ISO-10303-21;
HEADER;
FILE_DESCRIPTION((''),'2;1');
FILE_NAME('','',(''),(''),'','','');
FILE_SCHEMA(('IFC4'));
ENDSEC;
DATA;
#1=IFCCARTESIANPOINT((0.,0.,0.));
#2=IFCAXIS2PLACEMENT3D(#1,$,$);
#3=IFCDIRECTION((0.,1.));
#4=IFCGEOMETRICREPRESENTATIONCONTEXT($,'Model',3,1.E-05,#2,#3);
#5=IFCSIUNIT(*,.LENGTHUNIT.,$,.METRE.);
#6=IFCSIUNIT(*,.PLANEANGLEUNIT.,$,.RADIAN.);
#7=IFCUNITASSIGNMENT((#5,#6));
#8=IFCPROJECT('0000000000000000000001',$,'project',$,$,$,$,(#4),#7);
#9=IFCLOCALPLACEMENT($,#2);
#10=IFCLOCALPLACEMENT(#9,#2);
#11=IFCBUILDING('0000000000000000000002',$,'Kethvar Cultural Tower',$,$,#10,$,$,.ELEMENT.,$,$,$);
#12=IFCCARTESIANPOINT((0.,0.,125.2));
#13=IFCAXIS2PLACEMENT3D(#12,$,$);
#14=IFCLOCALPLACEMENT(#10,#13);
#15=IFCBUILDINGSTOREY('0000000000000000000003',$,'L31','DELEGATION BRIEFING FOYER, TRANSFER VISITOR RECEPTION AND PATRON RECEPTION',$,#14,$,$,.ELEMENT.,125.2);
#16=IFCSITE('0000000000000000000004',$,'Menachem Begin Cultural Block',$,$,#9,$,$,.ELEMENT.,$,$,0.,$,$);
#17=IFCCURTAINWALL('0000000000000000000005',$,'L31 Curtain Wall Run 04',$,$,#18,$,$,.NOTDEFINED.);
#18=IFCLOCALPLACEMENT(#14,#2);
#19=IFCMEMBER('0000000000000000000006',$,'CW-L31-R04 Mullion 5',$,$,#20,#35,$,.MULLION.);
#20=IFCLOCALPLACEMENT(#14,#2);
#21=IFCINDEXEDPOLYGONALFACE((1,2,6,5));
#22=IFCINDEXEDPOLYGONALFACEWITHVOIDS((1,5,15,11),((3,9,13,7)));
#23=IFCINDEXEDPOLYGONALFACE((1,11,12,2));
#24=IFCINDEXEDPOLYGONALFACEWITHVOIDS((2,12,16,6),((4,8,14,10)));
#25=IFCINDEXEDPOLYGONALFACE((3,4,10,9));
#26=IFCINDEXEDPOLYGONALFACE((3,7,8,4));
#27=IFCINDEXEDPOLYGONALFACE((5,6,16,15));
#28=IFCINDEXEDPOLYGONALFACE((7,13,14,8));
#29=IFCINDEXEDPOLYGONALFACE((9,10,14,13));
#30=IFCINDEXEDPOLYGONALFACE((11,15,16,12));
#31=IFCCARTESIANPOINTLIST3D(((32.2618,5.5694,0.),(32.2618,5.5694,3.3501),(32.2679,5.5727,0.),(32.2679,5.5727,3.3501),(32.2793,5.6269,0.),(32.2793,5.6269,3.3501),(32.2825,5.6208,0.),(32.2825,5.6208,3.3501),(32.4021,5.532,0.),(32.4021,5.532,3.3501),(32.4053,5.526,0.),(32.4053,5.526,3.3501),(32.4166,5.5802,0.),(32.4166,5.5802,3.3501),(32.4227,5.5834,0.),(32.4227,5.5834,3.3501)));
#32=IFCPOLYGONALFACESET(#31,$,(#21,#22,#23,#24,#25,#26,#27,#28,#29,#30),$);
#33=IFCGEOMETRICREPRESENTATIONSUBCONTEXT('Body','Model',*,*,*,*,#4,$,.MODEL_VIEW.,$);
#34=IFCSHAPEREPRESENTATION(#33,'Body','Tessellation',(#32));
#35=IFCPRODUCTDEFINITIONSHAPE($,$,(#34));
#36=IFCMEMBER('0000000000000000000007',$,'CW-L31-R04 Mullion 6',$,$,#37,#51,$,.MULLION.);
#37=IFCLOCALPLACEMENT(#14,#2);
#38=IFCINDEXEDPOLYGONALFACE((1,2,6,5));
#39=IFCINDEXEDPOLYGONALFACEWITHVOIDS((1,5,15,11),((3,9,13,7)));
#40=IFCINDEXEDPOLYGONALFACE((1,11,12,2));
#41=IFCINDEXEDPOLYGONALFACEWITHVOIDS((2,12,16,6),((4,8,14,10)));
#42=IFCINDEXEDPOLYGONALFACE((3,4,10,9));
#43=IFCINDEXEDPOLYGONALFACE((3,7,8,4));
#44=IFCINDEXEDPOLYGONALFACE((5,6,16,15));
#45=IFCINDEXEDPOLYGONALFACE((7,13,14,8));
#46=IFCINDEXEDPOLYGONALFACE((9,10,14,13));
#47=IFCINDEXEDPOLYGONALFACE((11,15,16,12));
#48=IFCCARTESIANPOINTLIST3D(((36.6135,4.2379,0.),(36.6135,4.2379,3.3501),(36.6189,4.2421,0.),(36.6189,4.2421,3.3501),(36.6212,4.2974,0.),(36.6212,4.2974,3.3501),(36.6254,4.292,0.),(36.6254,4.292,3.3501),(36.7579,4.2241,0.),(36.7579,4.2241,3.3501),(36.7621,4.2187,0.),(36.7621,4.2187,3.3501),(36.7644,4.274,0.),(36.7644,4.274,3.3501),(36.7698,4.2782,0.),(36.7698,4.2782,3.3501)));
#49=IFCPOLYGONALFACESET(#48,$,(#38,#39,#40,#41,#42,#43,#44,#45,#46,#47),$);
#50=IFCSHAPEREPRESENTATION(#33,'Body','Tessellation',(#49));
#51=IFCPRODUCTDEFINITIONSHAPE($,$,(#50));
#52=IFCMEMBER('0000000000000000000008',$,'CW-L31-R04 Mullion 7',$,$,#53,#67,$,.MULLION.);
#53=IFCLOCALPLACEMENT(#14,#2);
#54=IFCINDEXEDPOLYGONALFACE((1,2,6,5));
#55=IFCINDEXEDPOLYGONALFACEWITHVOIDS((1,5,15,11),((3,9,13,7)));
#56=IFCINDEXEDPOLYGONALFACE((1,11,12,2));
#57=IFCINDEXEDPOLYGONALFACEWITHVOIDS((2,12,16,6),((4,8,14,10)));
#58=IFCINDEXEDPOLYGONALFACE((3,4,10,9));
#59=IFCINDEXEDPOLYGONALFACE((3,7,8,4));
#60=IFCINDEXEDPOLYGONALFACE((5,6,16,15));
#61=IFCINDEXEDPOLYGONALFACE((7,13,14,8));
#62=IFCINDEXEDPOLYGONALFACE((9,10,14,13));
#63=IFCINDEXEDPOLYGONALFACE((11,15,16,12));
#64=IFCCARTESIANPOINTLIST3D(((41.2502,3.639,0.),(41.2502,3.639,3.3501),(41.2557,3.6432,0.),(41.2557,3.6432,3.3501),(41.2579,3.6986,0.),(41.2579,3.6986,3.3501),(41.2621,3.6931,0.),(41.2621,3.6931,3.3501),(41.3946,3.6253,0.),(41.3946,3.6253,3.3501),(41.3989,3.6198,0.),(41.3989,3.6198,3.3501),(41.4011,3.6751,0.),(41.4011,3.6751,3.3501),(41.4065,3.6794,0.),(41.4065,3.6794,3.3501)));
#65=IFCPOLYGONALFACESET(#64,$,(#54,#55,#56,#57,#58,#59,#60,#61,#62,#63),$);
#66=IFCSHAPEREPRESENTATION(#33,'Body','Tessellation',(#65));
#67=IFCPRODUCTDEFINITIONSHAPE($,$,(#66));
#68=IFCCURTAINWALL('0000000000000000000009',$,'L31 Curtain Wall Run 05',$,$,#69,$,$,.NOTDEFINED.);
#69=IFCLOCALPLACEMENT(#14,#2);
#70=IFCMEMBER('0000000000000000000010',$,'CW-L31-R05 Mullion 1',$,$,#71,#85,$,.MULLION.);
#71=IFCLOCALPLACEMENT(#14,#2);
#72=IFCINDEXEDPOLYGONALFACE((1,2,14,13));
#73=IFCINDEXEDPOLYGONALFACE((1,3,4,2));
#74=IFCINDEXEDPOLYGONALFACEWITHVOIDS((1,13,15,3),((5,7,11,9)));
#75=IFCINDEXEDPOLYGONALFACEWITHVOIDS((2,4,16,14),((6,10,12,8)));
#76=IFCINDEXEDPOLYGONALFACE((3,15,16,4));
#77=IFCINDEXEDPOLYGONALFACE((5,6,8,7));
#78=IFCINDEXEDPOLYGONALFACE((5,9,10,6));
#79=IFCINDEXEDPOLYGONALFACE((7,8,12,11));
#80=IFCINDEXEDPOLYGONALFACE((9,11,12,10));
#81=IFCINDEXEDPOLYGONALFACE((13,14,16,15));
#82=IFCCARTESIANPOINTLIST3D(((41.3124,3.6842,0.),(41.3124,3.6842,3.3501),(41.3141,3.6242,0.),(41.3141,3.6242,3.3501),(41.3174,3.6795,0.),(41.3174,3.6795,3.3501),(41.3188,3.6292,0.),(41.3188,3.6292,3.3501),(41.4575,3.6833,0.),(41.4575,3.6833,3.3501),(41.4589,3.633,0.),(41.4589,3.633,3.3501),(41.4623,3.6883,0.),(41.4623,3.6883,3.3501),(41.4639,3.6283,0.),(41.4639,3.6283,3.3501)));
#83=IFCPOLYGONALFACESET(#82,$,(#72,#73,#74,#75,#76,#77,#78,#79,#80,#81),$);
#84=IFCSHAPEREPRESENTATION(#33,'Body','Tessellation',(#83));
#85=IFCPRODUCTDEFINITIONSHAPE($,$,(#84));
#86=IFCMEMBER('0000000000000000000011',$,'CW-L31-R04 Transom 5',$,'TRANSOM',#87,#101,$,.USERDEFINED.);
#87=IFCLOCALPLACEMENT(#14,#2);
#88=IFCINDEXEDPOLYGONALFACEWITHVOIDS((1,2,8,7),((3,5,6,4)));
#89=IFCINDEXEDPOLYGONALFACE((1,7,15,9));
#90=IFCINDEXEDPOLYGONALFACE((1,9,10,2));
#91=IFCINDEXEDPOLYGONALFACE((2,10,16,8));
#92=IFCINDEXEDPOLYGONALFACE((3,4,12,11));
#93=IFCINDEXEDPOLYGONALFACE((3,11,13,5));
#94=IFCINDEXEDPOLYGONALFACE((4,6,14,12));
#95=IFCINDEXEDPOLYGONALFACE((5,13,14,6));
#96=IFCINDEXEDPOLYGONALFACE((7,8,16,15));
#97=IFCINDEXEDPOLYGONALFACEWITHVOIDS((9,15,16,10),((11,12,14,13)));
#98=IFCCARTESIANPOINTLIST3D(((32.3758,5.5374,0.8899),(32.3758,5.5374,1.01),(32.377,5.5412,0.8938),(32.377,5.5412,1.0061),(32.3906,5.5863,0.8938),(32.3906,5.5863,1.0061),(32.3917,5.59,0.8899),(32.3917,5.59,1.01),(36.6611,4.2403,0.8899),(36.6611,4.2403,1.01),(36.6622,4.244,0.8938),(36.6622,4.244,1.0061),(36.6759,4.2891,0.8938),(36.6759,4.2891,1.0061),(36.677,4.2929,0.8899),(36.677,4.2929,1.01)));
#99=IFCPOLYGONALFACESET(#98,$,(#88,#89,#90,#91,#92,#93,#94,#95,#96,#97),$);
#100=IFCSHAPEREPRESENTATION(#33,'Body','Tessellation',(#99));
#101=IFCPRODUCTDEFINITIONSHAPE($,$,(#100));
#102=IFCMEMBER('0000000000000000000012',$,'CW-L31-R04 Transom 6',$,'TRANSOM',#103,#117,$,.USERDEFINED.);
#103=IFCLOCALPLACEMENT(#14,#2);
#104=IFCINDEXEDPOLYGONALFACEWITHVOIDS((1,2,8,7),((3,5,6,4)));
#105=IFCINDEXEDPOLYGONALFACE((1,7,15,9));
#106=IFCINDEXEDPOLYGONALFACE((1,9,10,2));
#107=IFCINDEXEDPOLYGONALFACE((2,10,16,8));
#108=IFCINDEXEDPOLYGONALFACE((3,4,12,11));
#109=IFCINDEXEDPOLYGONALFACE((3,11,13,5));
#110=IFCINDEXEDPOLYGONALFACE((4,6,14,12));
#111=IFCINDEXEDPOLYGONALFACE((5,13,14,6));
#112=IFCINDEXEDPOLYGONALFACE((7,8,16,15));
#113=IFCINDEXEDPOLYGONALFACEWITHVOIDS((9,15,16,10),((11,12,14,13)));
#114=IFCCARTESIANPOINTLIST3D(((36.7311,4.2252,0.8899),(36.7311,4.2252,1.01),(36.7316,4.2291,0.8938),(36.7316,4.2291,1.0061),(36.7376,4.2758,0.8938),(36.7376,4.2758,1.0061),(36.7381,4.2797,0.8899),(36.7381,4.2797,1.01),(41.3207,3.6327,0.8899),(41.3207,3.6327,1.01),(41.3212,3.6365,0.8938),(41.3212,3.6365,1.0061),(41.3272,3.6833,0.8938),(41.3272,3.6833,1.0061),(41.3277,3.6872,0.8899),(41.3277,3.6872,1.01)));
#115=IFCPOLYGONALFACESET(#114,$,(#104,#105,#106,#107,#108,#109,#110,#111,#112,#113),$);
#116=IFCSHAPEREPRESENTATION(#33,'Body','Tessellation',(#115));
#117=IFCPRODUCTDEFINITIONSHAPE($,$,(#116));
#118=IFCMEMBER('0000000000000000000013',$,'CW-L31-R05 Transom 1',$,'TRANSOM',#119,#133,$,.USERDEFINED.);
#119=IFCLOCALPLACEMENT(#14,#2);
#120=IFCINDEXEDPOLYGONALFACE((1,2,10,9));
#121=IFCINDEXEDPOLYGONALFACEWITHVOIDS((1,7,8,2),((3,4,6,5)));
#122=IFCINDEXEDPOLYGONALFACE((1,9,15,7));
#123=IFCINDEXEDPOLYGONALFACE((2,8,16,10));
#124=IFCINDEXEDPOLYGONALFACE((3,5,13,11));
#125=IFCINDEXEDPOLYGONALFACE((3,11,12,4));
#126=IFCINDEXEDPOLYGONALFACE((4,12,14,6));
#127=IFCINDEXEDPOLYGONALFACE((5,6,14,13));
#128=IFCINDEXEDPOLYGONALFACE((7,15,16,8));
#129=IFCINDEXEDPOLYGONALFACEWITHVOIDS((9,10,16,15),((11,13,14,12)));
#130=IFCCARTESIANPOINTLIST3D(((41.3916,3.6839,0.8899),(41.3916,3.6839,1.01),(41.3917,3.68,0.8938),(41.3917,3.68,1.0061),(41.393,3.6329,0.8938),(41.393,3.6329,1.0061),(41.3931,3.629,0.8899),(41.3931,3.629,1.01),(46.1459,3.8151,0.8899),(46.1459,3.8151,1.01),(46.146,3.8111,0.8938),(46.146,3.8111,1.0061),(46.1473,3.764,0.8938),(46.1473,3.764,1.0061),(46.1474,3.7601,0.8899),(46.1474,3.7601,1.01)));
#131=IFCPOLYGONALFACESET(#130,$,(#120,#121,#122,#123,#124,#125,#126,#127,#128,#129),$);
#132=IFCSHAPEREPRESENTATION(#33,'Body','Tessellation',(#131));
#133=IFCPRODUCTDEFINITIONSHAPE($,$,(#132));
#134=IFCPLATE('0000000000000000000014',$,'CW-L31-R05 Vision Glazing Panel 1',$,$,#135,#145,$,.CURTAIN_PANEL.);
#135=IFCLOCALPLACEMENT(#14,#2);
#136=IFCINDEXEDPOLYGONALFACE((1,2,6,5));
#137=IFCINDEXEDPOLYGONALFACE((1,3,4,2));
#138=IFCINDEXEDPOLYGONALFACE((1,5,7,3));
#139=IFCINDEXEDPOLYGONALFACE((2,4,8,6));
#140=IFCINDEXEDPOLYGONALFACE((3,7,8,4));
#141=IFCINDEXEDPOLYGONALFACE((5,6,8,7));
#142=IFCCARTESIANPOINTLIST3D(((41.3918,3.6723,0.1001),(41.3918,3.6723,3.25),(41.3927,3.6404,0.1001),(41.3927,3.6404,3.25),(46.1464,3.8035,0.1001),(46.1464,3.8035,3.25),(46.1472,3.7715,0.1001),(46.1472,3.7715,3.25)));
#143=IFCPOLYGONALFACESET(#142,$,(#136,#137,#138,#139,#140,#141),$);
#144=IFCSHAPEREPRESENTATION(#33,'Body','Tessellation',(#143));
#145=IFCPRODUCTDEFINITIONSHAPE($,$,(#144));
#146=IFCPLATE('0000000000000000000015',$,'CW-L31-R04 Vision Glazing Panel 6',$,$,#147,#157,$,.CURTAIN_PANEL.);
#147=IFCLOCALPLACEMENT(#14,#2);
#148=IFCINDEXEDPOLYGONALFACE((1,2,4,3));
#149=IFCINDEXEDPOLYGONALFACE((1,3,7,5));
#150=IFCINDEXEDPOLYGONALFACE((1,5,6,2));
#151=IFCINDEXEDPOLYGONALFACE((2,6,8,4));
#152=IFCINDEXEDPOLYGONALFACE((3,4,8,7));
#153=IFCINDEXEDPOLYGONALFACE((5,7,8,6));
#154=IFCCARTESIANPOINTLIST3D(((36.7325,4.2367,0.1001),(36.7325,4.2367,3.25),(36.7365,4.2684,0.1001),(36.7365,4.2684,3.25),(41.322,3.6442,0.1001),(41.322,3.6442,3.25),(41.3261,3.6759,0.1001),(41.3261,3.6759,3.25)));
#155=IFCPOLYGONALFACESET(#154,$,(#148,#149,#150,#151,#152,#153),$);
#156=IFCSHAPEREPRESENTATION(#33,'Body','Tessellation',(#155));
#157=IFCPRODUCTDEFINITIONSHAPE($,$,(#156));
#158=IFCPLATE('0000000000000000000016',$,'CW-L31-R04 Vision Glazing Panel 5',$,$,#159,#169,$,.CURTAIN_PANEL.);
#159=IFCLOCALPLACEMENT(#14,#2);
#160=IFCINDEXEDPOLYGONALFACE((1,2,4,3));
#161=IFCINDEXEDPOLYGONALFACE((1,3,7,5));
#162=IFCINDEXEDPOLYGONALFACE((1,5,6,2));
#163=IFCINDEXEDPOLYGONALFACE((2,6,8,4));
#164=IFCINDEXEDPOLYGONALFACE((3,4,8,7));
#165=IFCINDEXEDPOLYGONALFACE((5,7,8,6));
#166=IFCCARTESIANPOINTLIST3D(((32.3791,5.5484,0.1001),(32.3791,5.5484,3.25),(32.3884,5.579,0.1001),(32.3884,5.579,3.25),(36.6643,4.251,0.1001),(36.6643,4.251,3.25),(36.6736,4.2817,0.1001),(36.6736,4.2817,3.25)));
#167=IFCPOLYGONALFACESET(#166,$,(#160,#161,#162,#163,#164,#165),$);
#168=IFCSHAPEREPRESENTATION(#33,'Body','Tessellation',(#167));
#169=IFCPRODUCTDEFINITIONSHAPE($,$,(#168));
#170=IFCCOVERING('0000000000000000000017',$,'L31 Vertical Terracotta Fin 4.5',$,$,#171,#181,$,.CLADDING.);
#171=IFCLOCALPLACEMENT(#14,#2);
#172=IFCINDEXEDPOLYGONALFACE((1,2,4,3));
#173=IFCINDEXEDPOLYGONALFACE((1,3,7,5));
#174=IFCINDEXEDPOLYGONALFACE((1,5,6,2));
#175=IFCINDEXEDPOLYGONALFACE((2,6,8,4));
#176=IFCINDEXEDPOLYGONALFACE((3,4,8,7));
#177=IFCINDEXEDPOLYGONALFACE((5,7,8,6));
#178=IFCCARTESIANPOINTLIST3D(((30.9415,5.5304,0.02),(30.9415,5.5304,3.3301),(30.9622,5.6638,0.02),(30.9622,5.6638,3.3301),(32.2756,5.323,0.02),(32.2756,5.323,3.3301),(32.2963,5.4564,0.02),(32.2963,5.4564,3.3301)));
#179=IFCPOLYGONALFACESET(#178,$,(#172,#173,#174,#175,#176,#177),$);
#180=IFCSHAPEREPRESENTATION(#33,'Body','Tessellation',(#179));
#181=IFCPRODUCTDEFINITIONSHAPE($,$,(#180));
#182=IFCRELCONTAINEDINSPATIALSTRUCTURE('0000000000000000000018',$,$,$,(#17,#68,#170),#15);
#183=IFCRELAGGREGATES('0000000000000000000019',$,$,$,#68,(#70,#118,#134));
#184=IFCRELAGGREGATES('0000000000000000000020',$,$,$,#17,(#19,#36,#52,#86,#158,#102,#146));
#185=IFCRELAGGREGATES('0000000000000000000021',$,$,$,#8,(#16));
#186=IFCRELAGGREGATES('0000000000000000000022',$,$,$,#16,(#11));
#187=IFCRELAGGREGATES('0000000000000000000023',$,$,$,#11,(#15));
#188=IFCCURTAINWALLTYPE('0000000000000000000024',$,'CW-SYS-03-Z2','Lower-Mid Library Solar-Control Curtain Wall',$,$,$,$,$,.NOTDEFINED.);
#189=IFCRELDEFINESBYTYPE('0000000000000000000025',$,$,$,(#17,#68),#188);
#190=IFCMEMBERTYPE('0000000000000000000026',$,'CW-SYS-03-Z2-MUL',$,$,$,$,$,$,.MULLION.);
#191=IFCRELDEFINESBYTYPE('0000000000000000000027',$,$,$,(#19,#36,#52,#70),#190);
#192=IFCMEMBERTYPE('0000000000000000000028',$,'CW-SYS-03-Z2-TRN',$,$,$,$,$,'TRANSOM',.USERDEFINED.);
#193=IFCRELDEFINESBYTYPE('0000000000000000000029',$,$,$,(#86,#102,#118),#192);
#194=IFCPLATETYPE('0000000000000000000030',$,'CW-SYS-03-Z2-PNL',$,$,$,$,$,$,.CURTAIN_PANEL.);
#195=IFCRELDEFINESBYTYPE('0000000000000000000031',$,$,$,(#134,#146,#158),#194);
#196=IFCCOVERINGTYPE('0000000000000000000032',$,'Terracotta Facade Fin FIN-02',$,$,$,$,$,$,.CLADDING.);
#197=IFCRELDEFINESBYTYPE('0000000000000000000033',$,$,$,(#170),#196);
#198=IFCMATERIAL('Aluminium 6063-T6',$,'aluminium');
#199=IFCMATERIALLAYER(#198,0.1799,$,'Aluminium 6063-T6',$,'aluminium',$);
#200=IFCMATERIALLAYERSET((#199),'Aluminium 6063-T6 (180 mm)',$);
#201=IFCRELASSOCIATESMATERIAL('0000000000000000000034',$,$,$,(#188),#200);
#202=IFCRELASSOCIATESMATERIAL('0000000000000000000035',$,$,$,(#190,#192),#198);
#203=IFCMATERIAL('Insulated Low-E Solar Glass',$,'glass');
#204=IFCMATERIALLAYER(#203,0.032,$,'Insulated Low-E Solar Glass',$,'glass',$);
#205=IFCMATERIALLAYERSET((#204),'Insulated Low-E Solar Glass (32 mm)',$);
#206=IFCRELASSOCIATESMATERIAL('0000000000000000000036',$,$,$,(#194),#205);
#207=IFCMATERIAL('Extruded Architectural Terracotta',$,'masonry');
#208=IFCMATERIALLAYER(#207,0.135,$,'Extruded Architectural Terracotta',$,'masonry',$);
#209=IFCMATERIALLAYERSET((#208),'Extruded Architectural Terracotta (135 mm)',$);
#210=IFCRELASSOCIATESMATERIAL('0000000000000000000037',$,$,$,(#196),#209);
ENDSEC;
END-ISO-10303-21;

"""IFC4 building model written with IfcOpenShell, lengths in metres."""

from ifc_helpers import new_model, si_unit, direction, frame, origin, origin_2d, place, context, subcontext, project, spatial, rectangle, hollow_rectangle, extrude, source, transform, mapped, material, layer, layer_set, material_profile, profile_set, type_object, element, aggregate, save


model = new_model("IFC4")

# Units and contexts
model_context = context("Model", 3, precision=1e-05, world=origin(), true_north=direction((0.0, 1.0)))
body_context = subcontext(model_context, "Body", "Model", "MODEL_VIEW")
ifc_project = project(units=[si_unit("LENGTHUNIT", "METRE"), si_unit("PLANEANGLEUNIT", "RADIAN")], contexts=[model_context])

# Site, building, storey
site_placement = place(None, origin())
site = spatial("IfcSite", under=ifc_project, at=site_placement, Name="Menachem Begin Cultural Block", CompositionType="ELEMENT", RefElevation=0.0)
building_placement = place(site_placement, origin())
building = spatial("IfcBuilding", under=site, at=building_placement, Name="Kethvar Cultural Tower", CompositionType="ELEMENT")
storey_placement = place(building_placement, frame((0.0, 0.0, 125.2)))
storey = spatial("IfcBuildingStorey", under=building, at=storey_placement, Name="L31", Description="DELEGATION BRIEFING FOYER, TRANSFER VISITOR RECEPTION AND PATRON RECEPTION", CompositionType="ELEMENT", Elevation=125.2)

# Curtain wall, members
ifc_material_1 = material(Name="Aluminium 6063-T6", Category="aluminium")
ifc_layer_1 = layer(ifc_material_1, 0.1799, Name="Aluminium 6063-T6", Category="aluminium")
ifc_layer_set_1 = layer_set([ifc_layer_1], Name="Aluminium 6063-T6 (180 mm)")
curtain_wall_type = type_object("IfcCurtainWallType", Name="CW-SYS-03-Z2", Description="Lower-Mid Library Solar-Control Curtain Wall", PredefinedType="NOTDEFINED", material=ifc_layer_set_1)
curtain_wall_1_placement = place(storey_placement, origin())
curtain_wall_1 = element("IfcCurtainWall", 1, at=curtain_wall_1_placement, inside=storey, type_object=curtain_wall_type, Name="L31 Curtain Wall Run 04", PredefinedType="NOTDEFINED")
ifc_material_profile_1 = material_profile(ifc_material_1, hollow_rectangle(XDim=0.0601, YDim=0.1499, WallThickness=0.0049, at=origin_2d()), Name="Aluminium 6063-T6 — RHS150x60x5")
ifc_profile_set_1 = profile_set([ifc_material_profile_1], Name="Aluminium 6063-T6 — RHS150x60x5")
member_type_1 = type_object("IfcMemberType", Name="CW-SYS-03-Z2-MUL", PredefinedType="MULLION", material=ifc_profile_set_1)
shared_shape_1 = source(origin(), body_context, "Body", "SweptSolid", [
    extrude(hollow_rectangle(XDim=0.0601, YDim=0.1499, WallThickness=0.0049, at=origin_2d()), origin(), (0.0, 0.0, 1.0), 3.3501),
])
member_1_placement = place(storey_placement, frame((32.3423, 5.5764, 0.0), z_axis=(0.0, 0.0, 1.0), x_axis=(0.289767, 0.957097, 0.0)))
member_1 = element("IfcMember", 2, at=member_1_placement, type_object=member_type_1, Name="CW-L31-R04 Mullion 5", PredefinedType="MULLION", context=body_context, shape_type="MappedRepresentation", body=[
    mapped(shared_shape_1, transform((0.0, 0.0, 0.0), scale=1.0)),
])
member_2_placement = place(storey_placement, frame((36.6917, 4.2581, 0.0), z_axis=(0.0, 0.0, 1.0), x_axis=(0.128034, 0.99177, 0.0)))
member_2 = element("IfcMember", 3, at=member_2_placement, type_object=member_type_1, Name="CW-L31-R04 Mullion 6", PredefinedType="MULLION", context=body_context, shape_type="MappedRepresentation", body=[
    mapped(shared_shape_1, transform((0.0, 0.0, 0.0), scale=1.0)),
])
member_3_placement = place(storey_placement, frame((41.3284, 3.6592, 0.0), z_axis=(0.0, 0.0, 1.0), x_axis=(0.128034, 0.99177, 0.0)))
member_3 = element("IfcMember", 4, at=member_3_placement, type_object=member_type_1, Name="CW-L31-R04 Mullion 7", PredefinedType="MULLION", context=body_context, shape_type="MappedRepresentation", body=[
    mapped(shared_shape_1, transform((0.0, 0.0, 0.0), scale=1.0)),
])

# Curtain wall, member
curtain_wall_2_placement = place(storey_placement, origin())
curtain_wall_2 = element("IfcCurtainWall", 5, at=curtain_wall_2_placement, inside=storey, type_object=curtain_wall_type, Name="L31 Curtain Wall Run 05", PredefinedType="NOTDEFINED")
member_4_placement = place(storey_placement, frame((41.3882, 3.6562, 0.0), z_axis=(0.0, 0.0, 1.0), x_axis=(-0.027573, 0.99962, 0.0)))
member_4 = element("IfcMember", 6, at=member_4_placement, type_object=member_type_1, Name="CW-L31-R05 Mullion 1", PredefinedType="MULLION", context=body_context, shape_type="MappedRepresentation", body=[
    mapped(shared_shape_1, transform((0.0, 0.0, 0.0), scale=1.0)),
])

# Members
ifc_material_profile_2 = material_profile(ifc_material_1, hollow_rectangle(XDim=0.0549, YDim=0.1201, WallThickness=0.0039, at=origin_2d()), Name="Aluminium 6063-T6 — RHS120x55x4")
ifc_profile_set_2 = profile_set([ifc_material_profile_2], Name="Aluminium 6063-T6 — RHS120x55x4")
member_type_2 = type_object("IfcMemberType", Name="CW-SYS-03-Z2-TRN", ElementType="TRANSOM", PredefinedType="USERDEFINED", material=ifc_profile_set_2)
shared_shape_2 = source(origin(), body_context, "Body", "SweptSolid", [
    extrude(hollow_rectangle(XDim=0.0549, YDim=0.1201, WallThickness=0.0039, at=origin_2d()), origin(), (0.0, 0.0, 1.0), 4.4773),
])
member_5_placement = place(storey_placement, frame((32.3838, 5.5637, 0.95), z_axis=(0.957112, -0.289718, 0.0), x_axis=(0.289718, 0.957112, 0.0)))
member_5 = element("IfcMember", 7, at=member_5_placement, type_object=member_type_2, Name="CW-L31-R04 Transom 5", ObjectType="TRANSOM", PredefinedType="USERDEFINED", context=body_context, shape_type="MappedRepresentation", body=[
    mapped(shared_shape_2, transform((0.0, 0.0, 0.0), scale=1.0)),
])
shared_shape_3 = source(origin(), body_context, "Body", "SweptSolid", [
    extrude(hollow_rectangle(XDim=0.0549, YDim=0.1201, WallThickness=0.0039, at=origin_2d()), origin(), (0.0, 0.0, 1.0), 4.6277),
])
member_6_placement = place(storey_placement, frame((36.7346, 4.2524, 0.95), z_axis=(0.991769, -0.12804, 0.0), x_axis=(0.12804, 0.991769, 0.0)))
member_6 = element("IfcMember", 8, at=member_6_placement, type_object=member_type_2, Name="CW-L31-R04 Transom 6", ObjectType="TRANSOM", PredefinedType="USERDEFINED", context=body_context, shape_type="MappedRepresentation", body=[
    mapped(shared_shape_3, transform((0.0, 0.0, 0.0), scale=1.0)),
])
shared_shape_4 = source(origin(), body_context, "Body", "SweptSolid", [
    extrude(hollow_rectangle(XDim=0.0549, YDim=0.1201, WallThickness=0.0039, at=origin_2d()), origin(), (0.0, 0.0, 1.0), 4.7561),
])
member_7_placement = place(storey_placement, frame((41.3923, 3.6565, 0.95), z_axis=(0.99962, 0.027565, 0.0), x_axis=(-0.027565, 0.99962, 0.0)))
member_7 = element("IfcMember", 9, at=member_7_placement, type_object=member_type_2, Name="CW-L31-R05 Transom 1", ObjectType="TRANSOM", PredefinedType="USERDEFINED", context=body_context, shape_type="MappedRepresentation", body=[
    mapped(shared_shape_4, transform((0.0, 0.0, 0.0), scale=1.0)),
])

# Plates
ifc_material_2 = material(Name="Insulated Low-E Solar Glass", Category="glass")
ifc_layer_2 = layer(ifc_material_2, 0.032, Name="Insulated Low-E Solar Glass", Category="glass")
ifc_layer_set_2 = layer_set([ifc_layer_2], Name="Insulated Low-E Solar Glass (32 mm)")
plate_type = type_object("IfcPlateType", Name="CW-SYS-03-Z2-PNL", PredefinedType="CURTAIN_PANEL", material=ifc_layer_set_2)
shared_shape_5 = source(origin(), body_context, "Body", "SweptSolid", [
    extrude(rectangle(XDim=4.7563, YDim=0.032, at=origin_2d()), origin(), (0.0, 0.0, 1.0), 3.1499),
])
plate_1_placement = place(storey_placement, frame((43.7695, 3.7219, 0.1001), z_axis=(0.0, 0.0, 1.0), x_axis=(0.99962, 0.027573, 0.0)))
plate_1 = element("IfcPlate", 10, at=plate_1_placement, type_object=plate_type, Name="CW-L31-R05 Vision Glazing Panel 1", PredefinedType="CURTAIN_PANEL", context=body_context, shape_type="MappedRepresentation", body=[
    mapped(shared_shape_5, transform((0.0, 0.0, 0.0), scale=1.0)),
])
aggregate(curtain_wall_2, [member_4, member_7, plate_1])
shared_shape_6 = source(origin(), body_context, "Body", "SweptSolid", [
    extrude(rectangle(XDim=4.6277, YDim=0.032, at=origin_2d()), origin(), (0.0, 0.0, 1.0), 3.1499),
])
plate_2_placement = place(storey_placement, frame((39.0293, 3.9563, 0.1001), z_axis=(0.0, 0.0, 1.0), x_axis=(0.99177, -0.128034, 0.0)))
plate_2 = element("IfcPlate", 11, at=plate_2_placement, type_object=plate_type, Name="CW-L31-R04 Vision Glazing Panel 6", PredefinedType="CURTAIN_PANEL", context=body_context, shape_type="MappedRepresentation", body=[
    mapped(shared_shape_6, transform((0.0, 0.0, 0.0), scale=1.0)),
])
shared_shape_7 = source(origin(), body_context, "Body", "SweptSolid", [
    extrude(rectangle(XDim=4.4773, YDim=0.032, at=origin_2d()), origin(), (0.0, 0.0, 1.0), 3.1499),
])
plate_3_placement = place(storey_placement, frame((34.5264, 4.915, 0.1001), z_axis=(0.0, 0.0, 1.0), x_axis=(0.957097, -0.289767, 0.0)))
plate_3 = element("IfcPlate", 12, at=plate_3_placement, type_object=plate_type, Name="CW-L31-R04 Vision Glazing Panel 5", PredefinedType="CURTAIN_PANEL", context=body_context, shape_type="MappedRepresentation", body=[
    mapped(shared_shape_7, transform((0.0, 0.0, 0.0), scale=1.0)),
])
aggregate(curtain_wall_1, [member_1, member_2, member_3, member_5, plate_3, member_6, plate_2])

# Covering
ifc_material_3 = material(Name="Extruded Architectural Terracotta", Category="masonry")
ifc_layer_3 = layer(ifc_material_3, 0.135, Name="Extruded Architectural Terracotta", Category="masonry")
ifc_layer_set_3 = layer_set([ifc_layer_3], Name="Extruded Architectural Terracotta (135 mm)")
covering_type = type_object("IfcCoveringType", Name="Terracotta Facade Fin FIN-02", PredefinedType="CLADDING", material=ifc_layer_set_3)
shared_shape_8 = source(origin(), body_context, "Body", "SweptSolid", [
    extrude(rectangle(XDim=1.3501, YDim=0.135, at=origin_2d()), origin(), (0.0, 0.0, 1.0), 3.3101),
])
for number, where, z_axis, x_axis, name in (
    (13, (31.6189, 5.4934, 0.02), (0.0, 0.0, 1.0), (-0.988121, 0.153676, 0.0), "L31 Vertical Terracotta Fin 4.5"),
):
    element("IfcCovering", number, at=place(storey_placement, frame(where, z_axis=z_axis, x_axis=x_axis)), inside=storey, type_object=covering_type, Name=name, PredefinedType="CLADDING", context=body_context, shape_type="MappedRepresentation", body=[
        mapped(shared_shape_8, transform((0.0, 0.0, 0.0), scale=1.0)),
    ])

save(model, "model.ifc")
